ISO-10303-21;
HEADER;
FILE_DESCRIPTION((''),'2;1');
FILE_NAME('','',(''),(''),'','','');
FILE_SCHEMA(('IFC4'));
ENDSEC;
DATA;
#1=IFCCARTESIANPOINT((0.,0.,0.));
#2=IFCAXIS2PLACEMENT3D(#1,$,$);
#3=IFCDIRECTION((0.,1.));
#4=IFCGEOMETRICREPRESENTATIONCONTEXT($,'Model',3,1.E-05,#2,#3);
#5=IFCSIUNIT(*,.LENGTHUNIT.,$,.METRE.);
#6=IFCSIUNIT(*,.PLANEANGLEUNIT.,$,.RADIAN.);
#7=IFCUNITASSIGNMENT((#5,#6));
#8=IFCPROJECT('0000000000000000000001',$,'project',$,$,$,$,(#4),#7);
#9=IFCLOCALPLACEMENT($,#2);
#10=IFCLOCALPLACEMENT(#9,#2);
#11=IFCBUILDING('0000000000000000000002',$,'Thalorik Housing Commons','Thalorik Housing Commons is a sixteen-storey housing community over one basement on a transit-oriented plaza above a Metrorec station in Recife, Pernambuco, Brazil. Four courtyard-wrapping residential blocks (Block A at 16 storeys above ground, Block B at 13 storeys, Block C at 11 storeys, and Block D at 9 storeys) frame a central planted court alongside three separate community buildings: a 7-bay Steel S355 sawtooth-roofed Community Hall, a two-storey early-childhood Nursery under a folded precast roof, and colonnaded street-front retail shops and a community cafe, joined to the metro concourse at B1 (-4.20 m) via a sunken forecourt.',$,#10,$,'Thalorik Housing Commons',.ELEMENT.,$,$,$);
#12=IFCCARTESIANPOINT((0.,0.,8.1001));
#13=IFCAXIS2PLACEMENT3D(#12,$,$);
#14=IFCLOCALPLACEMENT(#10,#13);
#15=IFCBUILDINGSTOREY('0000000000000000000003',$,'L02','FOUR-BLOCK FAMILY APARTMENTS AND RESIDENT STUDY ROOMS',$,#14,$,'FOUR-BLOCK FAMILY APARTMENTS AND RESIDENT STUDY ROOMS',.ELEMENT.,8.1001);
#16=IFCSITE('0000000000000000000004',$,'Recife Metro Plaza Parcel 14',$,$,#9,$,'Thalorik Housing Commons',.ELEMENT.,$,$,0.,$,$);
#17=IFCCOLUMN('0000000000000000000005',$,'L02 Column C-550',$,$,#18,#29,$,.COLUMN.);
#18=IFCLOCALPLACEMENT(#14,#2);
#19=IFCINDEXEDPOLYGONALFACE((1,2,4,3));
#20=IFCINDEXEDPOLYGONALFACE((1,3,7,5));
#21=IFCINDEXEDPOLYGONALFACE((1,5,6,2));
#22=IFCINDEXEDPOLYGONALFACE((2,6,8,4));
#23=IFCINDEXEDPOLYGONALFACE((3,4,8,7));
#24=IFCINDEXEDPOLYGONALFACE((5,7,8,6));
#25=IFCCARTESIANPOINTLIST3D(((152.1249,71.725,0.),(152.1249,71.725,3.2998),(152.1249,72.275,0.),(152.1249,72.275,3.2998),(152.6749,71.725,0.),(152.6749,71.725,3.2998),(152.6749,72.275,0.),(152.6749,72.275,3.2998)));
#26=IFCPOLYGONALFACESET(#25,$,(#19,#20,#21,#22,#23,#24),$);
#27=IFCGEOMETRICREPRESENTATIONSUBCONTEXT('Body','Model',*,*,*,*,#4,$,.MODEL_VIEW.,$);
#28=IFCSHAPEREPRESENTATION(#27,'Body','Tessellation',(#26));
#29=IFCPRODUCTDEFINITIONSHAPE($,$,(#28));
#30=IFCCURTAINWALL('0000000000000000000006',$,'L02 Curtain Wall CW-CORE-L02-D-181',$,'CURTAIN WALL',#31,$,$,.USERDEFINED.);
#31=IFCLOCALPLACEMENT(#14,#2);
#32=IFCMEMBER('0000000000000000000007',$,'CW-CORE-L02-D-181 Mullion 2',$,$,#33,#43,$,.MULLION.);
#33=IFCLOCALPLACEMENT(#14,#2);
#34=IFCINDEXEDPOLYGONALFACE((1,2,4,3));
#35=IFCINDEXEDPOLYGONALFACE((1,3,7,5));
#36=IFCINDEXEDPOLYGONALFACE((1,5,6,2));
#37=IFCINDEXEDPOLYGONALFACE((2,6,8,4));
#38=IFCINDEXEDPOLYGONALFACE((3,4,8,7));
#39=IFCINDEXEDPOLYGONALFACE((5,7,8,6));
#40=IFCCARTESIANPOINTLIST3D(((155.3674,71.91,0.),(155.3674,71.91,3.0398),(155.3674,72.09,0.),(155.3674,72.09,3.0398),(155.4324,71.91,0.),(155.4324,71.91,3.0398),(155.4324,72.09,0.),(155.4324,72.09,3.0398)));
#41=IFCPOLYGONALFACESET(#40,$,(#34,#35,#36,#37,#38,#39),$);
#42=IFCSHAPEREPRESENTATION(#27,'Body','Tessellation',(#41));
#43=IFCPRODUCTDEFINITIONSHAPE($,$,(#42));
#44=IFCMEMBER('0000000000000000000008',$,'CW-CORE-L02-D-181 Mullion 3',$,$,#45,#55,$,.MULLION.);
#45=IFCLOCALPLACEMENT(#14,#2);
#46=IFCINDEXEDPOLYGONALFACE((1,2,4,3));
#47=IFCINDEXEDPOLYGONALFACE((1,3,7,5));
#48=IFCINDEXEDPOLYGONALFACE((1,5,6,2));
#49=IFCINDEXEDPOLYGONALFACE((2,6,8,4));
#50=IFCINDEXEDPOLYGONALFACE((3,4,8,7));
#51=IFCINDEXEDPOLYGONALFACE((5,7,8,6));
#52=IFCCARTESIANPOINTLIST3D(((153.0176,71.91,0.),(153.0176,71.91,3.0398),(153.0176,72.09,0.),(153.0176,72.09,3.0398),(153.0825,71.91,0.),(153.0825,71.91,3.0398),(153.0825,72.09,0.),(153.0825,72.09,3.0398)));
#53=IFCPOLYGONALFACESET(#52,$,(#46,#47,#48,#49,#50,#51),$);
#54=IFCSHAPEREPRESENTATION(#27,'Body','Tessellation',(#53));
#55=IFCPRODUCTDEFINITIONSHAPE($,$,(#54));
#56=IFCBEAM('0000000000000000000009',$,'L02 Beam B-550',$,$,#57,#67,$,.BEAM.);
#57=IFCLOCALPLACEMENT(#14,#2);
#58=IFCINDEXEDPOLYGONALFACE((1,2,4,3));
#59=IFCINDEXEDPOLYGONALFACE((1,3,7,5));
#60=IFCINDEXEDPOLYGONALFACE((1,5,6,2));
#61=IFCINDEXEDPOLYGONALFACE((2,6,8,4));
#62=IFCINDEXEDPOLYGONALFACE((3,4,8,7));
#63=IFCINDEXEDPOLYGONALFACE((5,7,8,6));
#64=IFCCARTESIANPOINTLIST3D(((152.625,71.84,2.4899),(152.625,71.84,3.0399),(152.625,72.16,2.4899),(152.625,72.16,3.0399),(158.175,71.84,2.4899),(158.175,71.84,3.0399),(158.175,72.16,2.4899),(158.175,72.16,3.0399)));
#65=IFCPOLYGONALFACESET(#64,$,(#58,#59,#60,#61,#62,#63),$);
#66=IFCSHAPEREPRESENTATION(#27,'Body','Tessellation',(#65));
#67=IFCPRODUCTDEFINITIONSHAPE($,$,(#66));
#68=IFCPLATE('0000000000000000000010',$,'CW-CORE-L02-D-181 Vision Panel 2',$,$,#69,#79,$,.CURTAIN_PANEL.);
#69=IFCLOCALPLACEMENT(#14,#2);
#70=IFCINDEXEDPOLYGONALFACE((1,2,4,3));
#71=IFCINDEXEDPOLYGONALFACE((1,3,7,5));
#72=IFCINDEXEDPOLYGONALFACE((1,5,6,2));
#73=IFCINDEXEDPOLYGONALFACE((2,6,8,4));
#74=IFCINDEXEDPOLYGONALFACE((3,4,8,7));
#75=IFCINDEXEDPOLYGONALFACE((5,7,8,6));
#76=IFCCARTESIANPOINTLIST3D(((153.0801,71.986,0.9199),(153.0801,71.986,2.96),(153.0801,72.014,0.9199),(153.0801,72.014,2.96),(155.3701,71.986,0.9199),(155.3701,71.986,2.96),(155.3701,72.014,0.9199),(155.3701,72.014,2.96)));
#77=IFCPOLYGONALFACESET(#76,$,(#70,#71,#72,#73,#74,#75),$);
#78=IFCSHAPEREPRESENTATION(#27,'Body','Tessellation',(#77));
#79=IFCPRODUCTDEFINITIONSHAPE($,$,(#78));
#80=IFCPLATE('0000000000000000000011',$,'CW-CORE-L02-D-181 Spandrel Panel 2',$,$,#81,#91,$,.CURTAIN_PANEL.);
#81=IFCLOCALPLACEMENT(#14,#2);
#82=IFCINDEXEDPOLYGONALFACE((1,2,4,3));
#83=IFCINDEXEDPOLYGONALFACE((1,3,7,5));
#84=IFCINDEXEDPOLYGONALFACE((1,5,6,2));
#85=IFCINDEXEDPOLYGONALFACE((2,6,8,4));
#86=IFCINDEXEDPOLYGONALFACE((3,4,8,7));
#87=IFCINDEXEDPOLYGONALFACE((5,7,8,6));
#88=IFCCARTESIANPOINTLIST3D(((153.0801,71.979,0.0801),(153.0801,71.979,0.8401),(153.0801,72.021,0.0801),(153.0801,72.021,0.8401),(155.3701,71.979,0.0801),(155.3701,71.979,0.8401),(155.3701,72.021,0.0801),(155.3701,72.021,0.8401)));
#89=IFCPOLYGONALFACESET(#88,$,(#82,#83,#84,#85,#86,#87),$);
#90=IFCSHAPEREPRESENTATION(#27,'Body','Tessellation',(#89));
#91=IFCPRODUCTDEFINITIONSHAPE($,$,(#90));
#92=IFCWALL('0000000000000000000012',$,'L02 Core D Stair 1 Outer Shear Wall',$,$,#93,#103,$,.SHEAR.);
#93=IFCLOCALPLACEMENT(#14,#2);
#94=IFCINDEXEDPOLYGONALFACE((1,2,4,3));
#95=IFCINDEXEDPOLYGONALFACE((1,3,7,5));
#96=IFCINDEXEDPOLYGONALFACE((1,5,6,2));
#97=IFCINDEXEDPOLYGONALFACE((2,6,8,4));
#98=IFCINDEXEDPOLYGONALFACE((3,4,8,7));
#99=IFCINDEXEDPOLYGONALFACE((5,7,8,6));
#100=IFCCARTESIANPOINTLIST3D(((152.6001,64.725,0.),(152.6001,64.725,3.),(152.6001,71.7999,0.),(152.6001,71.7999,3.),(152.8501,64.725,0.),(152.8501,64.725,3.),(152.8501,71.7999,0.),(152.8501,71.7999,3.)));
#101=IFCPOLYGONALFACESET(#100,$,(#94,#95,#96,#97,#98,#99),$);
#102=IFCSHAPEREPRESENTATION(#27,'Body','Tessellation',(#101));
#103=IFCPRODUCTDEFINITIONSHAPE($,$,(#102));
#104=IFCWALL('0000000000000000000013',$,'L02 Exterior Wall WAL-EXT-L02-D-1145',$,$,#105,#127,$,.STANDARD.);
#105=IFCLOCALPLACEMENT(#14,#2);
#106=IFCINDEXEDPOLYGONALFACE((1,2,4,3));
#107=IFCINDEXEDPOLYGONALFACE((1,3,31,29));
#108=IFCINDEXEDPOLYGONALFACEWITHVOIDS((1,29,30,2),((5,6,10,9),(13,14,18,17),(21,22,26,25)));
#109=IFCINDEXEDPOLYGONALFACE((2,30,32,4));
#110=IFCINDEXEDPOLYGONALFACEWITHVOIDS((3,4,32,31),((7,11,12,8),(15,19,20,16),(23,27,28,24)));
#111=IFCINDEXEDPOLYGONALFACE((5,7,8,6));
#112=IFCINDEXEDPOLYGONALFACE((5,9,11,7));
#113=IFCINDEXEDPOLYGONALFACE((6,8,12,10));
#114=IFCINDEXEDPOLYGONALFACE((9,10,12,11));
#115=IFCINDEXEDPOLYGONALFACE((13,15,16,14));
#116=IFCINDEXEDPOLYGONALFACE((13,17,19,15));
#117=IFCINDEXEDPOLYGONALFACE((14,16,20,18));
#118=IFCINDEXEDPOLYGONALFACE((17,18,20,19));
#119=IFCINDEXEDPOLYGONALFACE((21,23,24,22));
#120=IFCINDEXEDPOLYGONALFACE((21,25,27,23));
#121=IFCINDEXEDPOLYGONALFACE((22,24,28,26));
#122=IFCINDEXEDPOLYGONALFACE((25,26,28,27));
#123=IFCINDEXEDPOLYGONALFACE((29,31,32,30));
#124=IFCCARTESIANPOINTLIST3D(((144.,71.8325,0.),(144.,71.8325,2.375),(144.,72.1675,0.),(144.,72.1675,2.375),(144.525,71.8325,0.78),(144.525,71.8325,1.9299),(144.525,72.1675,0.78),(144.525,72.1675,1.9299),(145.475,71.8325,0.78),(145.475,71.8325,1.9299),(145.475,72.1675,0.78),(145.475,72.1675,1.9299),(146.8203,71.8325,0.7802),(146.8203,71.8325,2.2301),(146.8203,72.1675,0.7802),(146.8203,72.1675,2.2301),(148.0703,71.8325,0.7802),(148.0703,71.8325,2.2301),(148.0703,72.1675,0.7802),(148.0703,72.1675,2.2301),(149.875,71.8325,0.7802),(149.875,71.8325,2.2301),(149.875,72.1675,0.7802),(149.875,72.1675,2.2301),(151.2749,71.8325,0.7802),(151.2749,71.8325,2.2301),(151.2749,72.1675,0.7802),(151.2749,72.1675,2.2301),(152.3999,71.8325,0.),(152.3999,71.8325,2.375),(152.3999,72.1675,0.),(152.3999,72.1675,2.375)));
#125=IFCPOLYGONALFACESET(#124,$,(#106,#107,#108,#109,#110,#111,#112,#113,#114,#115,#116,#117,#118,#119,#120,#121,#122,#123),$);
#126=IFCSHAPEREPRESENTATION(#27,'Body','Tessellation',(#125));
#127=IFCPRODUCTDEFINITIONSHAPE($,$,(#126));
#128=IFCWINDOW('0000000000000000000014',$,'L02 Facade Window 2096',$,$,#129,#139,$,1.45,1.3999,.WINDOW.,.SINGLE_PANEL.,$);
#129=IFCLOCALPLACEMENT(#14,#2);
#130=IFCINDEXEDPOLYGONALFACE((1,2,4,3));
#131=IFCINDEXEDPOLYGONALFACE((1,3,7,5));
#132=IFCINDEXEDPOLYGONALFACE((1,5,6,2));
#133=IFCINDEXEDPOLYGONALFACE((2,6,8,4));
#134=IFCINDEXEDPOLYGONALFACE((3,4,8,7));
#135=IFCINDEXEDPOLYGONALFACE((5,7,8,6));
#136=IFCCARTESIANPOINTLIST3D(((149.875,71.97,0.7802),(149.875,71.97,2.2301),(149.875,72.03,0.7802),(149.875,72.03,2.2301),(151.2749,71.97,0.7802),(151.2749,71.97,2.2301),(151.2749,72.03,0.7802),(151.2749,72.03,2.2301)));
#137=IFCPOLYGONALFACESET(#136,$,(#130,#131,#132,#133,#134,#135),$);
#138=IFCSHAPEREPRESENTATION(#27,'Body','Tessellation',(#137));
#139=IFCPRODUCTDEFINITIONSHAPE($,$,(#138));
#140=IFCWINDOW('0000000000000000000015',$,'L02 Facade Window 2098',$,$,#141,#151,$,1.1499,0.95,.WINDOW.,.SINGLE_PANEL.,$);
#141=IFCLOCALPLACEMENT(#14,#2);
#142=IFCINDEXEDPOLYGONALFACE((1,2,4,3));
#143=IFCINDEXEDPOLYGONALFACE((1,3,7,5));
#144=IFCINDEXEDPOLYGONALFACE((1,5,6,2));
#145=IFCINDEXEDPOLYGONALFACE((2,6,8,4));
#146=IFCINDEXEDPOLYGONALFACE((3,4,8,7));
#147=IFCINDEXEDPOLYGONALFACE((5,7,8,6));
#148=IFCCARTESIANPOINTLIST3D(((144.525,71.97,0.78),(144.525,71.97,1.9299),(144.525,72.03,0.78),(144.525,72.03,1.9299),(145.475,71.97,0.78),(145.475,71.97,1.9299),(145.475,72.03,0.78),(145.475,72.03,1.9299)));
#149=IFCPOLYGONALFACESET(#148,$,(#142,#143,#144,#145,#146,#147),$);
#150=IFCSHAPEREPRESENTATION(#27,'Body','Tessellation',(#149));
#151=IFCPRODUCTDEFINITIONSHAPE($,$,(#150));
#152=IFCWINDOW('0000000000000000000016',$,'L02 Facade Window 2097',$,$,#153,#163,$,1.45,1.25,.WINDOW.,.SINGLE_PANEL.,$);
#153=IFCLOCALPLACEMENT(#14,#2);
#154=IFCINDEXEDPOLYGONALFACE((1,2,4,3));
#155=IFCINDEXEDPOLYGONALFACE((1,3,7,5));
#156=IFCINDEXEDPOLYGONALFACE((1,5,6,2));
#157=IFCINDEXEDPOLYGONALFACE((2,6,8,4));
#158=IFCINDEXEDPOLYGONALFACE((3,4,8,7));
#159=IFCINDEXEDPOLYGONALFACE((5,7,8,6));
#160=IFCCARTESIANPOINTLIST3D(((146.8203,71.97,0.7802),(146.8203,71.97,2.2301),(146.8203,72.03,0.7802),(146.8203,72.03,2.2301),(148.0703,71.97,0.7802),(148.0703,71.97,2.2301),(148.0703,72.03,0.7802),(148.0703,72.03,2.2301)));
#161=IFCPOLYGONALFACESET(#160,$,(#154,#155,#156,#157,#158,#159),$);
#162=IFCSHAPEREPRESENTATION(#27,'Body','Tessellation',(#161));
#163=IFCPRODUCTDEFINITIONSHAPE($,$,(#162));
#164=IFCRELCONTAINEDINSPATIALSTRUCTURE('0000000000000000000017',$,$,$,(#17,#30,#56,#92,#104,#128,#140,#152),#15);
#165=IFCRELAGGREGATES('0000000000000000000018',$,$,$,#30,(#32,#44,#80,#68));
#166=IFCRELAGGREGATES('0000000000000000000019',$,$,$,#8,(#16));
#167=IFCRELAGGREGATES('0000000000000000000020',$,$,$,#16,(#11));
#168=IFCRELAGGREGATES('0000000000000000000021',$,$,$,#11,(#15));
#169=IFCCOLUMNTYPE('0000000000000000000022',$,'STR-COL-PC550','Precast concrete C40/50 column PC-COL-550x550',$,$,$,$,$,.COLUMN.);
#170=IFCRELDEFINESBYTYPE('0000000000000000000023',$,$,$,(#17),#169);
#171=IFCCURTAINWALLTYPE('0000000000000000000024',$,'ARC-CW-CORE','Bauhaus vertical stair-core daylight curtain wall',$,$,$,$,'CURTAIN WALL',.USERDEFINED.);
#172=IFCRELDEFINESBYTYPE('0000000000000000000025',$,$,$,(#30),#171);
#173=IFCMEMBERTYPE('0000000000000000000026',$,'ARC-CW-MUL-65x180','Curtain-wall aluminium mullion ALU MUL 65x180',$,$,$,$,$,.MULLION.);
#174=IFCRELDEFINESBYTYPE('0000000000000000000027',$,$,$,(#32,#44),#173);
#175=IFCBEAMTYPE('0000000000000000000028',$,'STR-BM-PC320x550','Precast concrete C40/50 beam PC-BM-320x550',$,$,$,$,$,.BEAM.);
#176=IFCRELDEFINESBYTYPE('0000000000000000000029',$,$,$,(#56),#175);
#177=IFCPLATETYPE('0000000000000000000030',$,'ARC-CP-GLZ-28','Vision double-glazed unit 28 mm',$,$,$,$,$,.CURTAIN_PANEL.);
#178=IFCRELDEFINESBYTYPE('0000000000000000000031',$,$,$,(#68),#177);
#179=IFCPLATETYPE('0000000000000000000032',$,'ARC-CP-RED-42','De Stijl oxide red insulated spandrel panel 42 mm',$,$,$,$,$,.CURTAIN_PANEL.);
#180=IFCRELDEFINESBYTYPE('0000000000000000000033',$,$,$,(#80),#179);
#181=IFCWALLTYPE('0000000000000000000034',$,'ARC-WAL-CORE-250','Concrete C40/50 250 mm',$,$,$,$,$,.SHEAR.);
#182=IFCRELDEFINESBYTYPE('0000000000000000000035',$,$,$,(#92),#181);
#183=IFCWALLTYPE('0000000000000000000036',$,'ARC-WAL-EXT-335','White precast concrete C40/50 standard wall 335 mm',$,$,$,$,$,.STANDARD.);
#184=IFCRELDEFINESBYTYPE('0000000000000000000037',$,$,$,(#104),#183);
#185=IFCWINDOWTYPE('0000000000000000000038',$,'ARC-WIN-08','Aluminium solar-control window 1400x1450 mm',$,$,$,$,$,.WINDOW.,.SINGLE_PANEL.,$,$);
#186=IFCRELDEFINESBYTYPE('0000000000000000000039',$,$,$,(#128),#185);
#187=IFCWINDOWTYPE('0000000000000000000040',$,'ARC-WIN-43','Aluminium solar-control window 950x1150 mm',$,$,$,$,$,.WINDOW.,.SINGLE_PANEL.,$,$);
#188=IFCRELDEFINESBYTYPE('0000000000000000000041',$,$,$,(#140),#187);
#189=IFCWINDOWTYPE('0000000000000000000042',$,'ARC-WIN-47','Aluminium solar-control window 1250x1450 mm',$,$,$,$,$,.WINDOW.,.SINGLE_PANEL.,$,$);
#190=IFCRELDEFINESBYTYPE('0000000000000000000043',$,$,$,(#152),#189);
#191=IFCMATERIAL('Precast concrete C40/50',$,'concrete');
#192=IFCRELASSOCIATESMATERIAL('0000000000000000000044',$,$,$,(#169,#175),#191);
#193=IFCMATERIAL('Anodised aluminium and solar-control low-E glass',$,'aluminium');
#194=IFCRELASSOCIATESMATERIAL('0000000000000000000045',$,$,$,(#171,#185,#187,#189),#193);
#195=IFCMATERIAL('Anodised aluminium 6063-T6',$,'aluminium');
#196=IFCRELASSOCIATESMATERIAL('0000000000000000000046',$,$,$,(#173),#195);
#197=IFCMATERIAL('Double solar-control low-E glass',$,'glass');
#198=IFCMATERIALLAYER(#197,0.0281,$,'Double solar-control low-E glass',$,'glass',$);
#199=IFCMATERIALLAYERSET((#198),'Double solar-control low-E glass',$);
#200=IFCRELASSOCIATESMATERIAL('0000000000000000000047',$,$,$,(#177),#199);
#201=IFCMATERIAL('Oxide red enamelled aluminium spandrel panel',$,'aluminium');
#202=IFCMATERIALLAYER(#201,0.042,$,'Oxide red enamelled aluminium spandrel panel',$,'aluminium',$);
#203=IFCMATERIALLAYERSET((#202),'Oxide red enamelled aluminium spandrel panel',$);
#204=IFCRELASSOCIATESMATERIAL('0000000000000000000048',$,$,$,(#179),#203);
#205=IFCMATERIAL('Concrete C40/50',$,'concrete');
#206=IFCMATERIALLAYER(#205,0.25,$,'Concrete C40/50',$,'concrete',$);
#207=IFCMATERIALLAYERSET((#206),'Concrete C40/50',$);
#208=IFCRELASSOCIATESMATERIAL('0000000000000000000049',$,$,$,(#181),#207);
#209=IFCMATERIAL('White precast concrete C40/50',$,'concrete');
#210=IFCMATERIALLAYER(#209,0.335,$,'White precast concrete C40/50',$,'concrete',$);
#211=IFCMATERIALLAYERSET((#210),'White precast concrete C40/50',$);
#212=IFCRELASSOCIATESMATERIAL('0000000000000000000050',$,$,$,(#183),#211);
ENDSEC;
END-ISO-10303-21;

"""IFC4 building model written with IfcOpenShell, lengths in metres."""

from ifc_helpers import new_model, si_unit, direction, frame, frame_2d, origin, origin_2d, place, context, subcontext, project, spatial, rectangle, extrude, material, layer, layer_set, material_profile, profile_set, type_object, element, fill, aggregate, save


model = new_model("IFC4")

# Units and contexts
model_context = context("Model", 3, precision=1e-05, world=origin(), true_north=direction((0.0, 1.0)))
body_context = subcontext(model_context, "Body", "Model", "MODEL_VIEW")
ifc_project = project(units=[si_unit("LENGTHUNIT", "METRE"), si_unit("PLANEANGLEUNIT", "RADIAN")], contexts=[model_context])

# Site, building, storey
site_placement = place(None, origin())
site = spatial("IfcSite", under=ifc_project, at=site_placement, Name="Recife Metro Plaza Parcel 14", LongName="Thalorik Housing Commons", CompositionType="ELEMENT", RefElevation=0.0)
building_placement = place(site_placement, origin())
building = spatial("IfcBuilding", under=site, at=building_placement, Name="Thalorik Housing Commons", Description="Thalorik Housing Commons is a sixteen-storey housing community over one basement on a transit-oriented plaza above a Metrorec station in Recife, Pernambuco, Brazil. Four courtyard-wrapping residential blocks (Block A at 16 storeys above ground, Block B at 13 storeys, Block C at 11 storeys, and Block D at 9 storeys) frame a central planted court alongside three separate community buildings: a 7-bay Steel S355 sawtooth-roofed Community Hall, a two-storey early-childhood Nursery under a folded precast roof, and colonnaded street-front retail shops and a community cafe, joined to the metro concourse at B1 (-4.20 m) via a sunken forecourt.", LongName="Thalorik Housing Commons", CompositionType="ELEMENT")
storey_placement = place(building_placement, frame((0.0, 0.0, 8.1001)))
storey = spatial("IfcBuildingStorey", under=building, at=storey_placement, Name="L02", Description="FOUR-BLOCK FAMILY APARTMENTS AND RESIDENT STUDY ROOMS", LongName="FOUR-BLOCK FAMILY APARTMENTS AND RESIDENT STUDY ROOMS", CompositionType="ELEMENT", Elevation=8.1001)

# Column
ifc_material_1 = material(Name="Precast concrete C40/50", Category="concrete")
ifc_material_profile_1 = material_profile(ifc_material_1, rectangle(XDim=0.55, YDim=0.55, at=origin_2d()), Name="PC 550x550", Category="concrete")
ifc_profile_set_1 = profile_set([ifc_material_profile_1], Name="Precast concrete C40/50")
column_type = type_object("IfcColumnType", Name="STR-COL-PC550", Description="Precast concrete C40/50 column PC-COL-550x550", PredefinedType="COLUMN", material=ifc_profile_set_1)
column_placement = place(storey_placement, frame((152.3999, 72.0, 0.0), z_axis=(0.0, 0.0, 1.0), x_axis=(1.0, 0.0, 0.0)))
element("IfcColumn", 1, at=column_placement, inside=storey, type_object=column_type, Name="L02 Column C-550", PredefinedType="COLUMN", context=body_context, shape_type="SweptSolid", body=[
    extrude(rectangle(XDim=0.55, YDim=0.55, at=origin_2d()), origin(), (0.0, 0.0, 1.0), 3.2998),
])

# Curtain wall, members
ifc_material_2 = material(Name="Anodised aluminium and solar-control low-E glass", Category="aluminium")
curtain_wall_type = type_object("IfcCurtainWallType", Name="ARC-CW-CORE", Description="Bauhaus vertical stair-core daylight curtain wall", ElementType="CURTAIN WALL", PredefinedType="USERDEFINED", material=ifc_material_2)
curtain_wall_placement = place(storey_placement, origin())
curtain_wall = element("IfcCurtainWall", 2, at=curtain_wall_placement, inside=storey, type_object=curtain_wall_type, Name="L02 Curtain Wall CW-CORE-L02-D-181", ObjectType="CURTAIN WALL", PredefinedType="USERDEFINED")
ifc_material_3 = material(Name="Anodised aluminium 6063-T6", Category="aluminium")
ifc_material_profile_2 = material_profile(ifc_material_3, rectangle(XDim=0.0649, YDim=0.1799, at=origin_2d()), Name="ALU MUL 65x180", Category="aluminium")
ifc_profile_set_2 = profile_set([ifc_material_profile_2], Name="Anodised aluminium 6063-T6")
member_type = type_object("IfcMemberType", Name="ARC-CW-MUL-65x180", Description="Curtain-wall aluminium mullion ALU MUL 65x180", PredefinedType="MULLION", material=ifc_profile_set_2)
member_1_placement = place(storey_placement, frame((155.3999, 72.0, 0.0), z_axis=(0.0, 0.0, 1.0), x_axis=(-1.0, 0.0, 0.0)))
member_1 = element("IfcMember", 3, at=member_1_placement, type_object=member_type, Name="CW-CORE-L02-D-181 Mullion 2", PredefinedType="MULLION", context=body_context, shape_type="SweptSolid", body=[
    extrude(rectangle(XDim=0.0649, YDim=0.1799, at=origin_2d()), origin(), (0.0, 0.0, 1.0), 3.0398),
])
member_2_placement = place(storey_placement, frame((153.05, 72.0, 0.0), z_axis=(0.0, 0.0, 1.0), x_axis=(-1.0, 0.0, 0.0)))
member_2 = element("IfcMember", 4, at=member_2_placement, type_object=member_type, Name="CW-CORE-L02-D-181 Mullion 3", PredefinedType="MULLION", context=body_context, shape_type="SweptSolid", body=[
    extrude(rectangle(XDim=0.0649, YDim=0.1799, at=origin_2d()), origin(), (0.0, 0.0, 1.0), 3.0398),
])

# Beam
ifc_material_profile_3 = material_profile(ifc_material_1, rectangle(XDim=0.3201, YDim=0.55, at=origin_2d()), Name="PC 320x550", Category="concrete")
ifc_profile_set_3 = profile_set([ifc_material_profile_3], Name="Precast concrete C40/50")
beam_type = type_object("IfcBeamType", Name="STR-BM-PC320x550", Description="Precast concrete C40/50 beam PC-BM-320x550", PredefinedType="BEAM", material=ifc_profile_set_3)
beam_placement = place(storey_placement, frame((152.625, 72.0, 2.7649), z_axis=(1.0, 0.0, 0.0), x_axis=(0.0, 1.0, 0.0)))
element("IfcBeam", 5, at=beam_placement, inside=storey, type_object=beam_type, Name="L02 Beam B-550", PredefinedType="BEAM", context=body_context, shape_type="SweptSolid", body=[
    extrude(rectangle(XDim=0.3201, YDim=0.55, at=origin_2d()), origin(), (0.0, 0.0, 1.0), 5.55),
])

# Plates
ifc_material_4 = material(Name="Double solar-control low-E glass", Category="glass")
ifc_layer_1 = layer(ifc_material_4, 0.0281, Name="Double solar-control low-E glass", Category="glass")
ifc_layer_set_1 = layer_set([ifc_layer_1], Name="Double solar-control low-E glass")
plate_type_1 = type_object("IfcPlateType", Name="ARC-CP-GLZ-28", Description="Vision double-glazed unit 28 mm", PredefinedType="CURTAIN_PANEL", material=ifc_layer_set_1)
plate_1_placement = place(storey_placement, frame((154.2251, 72.0, 0.9199), z_axis=(0.0, 0.0, 1.0), x_axis=(-1.0, 0.0, 0.0)))
plate_1 = element("IfcPlate", 6, at=plate_1_placement, type_object=plate_type_1, Name="CW-CORE-L02-D-181 Vision Panel 2", PredefinedType="CURTAIN_PANEL", context=body_context, shape_type="SweptSolid", body=[
    extrude(rectangle(XDim=2.29, YDim=0.0281, at=origin_2d()), origin(), (0.0, 0.0, 1.0), 2.04),
])
ifc_material_5 = material(Name="Oxide red enamelled aluminium spandrel panel", Category="aluminium")
ifc_layer_2 = layer(ifc_material_5, 0.042, Name="Oxide red enamelled aluminium spandrel panel", Category="aluminium")
ifc_layer_set_2 = layer_set([ifc_layer_2], Name="Oxide red enamelled aluminium spandrel panel")
plate_type_2 = type_object("IfcPlateType", Name="ARC-CP-RED-42", Description="De Stijl oxide red insulated spandrel panel 42 mm", PredefinedType="CURTAIN_PANEL", material=ifc_layer_set_2)
plate_2_placement = place(storey_placement, frame((154.2251, 72.0, 0.0801), z_axis=(0.0, 0.0, 1.0), x_axis=(-1.0, 0.0, 0.0)))
plate_2 = element("IfcPlate", 7, at=plate_2_placement, type_object=plate_type_2, Name="CW-CORE-L02-D-181 Spandrel Panel 2", PredefinedType="CURTAIN_PANEL", context=body_context, shape_type="SweptSolid", body=[
    extrude(rectangle(XDim=2.29, YDim=0.042, at=origin_2d()), origin(), (0.0, 0.0, 1.0), 0.76),
])
aggregate(curtain_wall, [member_1, member_2, plate_2, plate_1])

# Wall
ifc_material_6 = material(Name="Concrete C40/50", Category="concrete")
ifc_layer_3 = layer(ifc_material_6, 0.25, Name="Concrete C40/50", Category="concrete")
ifc_layer_set_3 = layer_set([ifc_layer_3], Name="Concrete C40/50")
wall_type_1 = type_object("IfcWallType", Name="ARC-WAL-CORE-250", Description="Concrete C40/50 250 mm", PredefinedType="SHEAR", material=ifc_layer_set_3)
wall_1_placement = place(storey_placement, frame((152.7251, 71.8, 0.0), z_axis=(0.0, 0.0, 1.0), x_axis=(0.0, -1.0, 0.0)))
element("IfcWall", 8, at=wall_1_placement, inside=storey, type_object=wall_type_1, Name="L02 Core D Stair 1 Outer Shear Wall", PredefinedType="SHEAR", context=body_context, shape_type="SweptSolid", body=[
    extrude(rectangle(XDim=7.075, YDim=0.25, at=frame_2d((3.5376, 0.0))), origin(), (0.0, 0.0, 1.0), 3.0),
])

# Wall, openings, windows
ifc_material_7 = material(Name="White precast concrete C40/50", Category="concrete")
ifc_layer_4 = layer(ifc_material_7, 0.335, Name="White precast concrete C40/50", Category="concrete")
ifc_layer_set_4 = layer_set([ifc_layer_4], Name="White precast concrete C40/50")
wall_type_2 = type_object("IfcWallType", Name="ARC-WAL-EXT-335", Description="White precast concrete C40/50 standard wall 335 mm", PredefinedType="STANDARD", material=ifc_layer_set_4)
wall_2_placement = place(storey_placement, frame((152.3999, 72.0, 0.0), z_axis=(0.0, 0.0, 1.0), x_axis=(-1.0, 0.0, 0.0)))
wall_2 = element("IfcWall", 9, at=wall_2_placement, inside=storey, type_object=wall_type_2, Name="L02 Exterior Wall WAL-EXT-L02-D-1145", PredefinedType="STANDARD", context=body_context, shape_type="SweptSolid", body=[
    extrude(rectangle(XDim=8.3999, YDim=0.335, at=frame_2d((4.2, 0.0))), origin(), (0.0, 0.0, 1.0), 2.375),
])
opening_1_placement = place(wall_2_placement, frame((1.125, 0.0, 0.78)))
opening_1 = element("IfcOpeningElement", 10, at=opening_1_placement, cuts=wall_2, PredefinedType="OPENING", context=body_context, shape_type="SweptSolid", body=[
    extrude(rectangle(XDim=1.3999, YDim=1.45, at=frame_2d((0.7, 0.7251))), frame((0.0, 0.1775, 0.0), z_axis=(0.0, -1.0, 0.0), x_axis=(1.0, 0.0, 0.0)), (0.0, 0.0, 1.0), 0.355),
])
opening_2_placement = place(wall_2_placement, frame((4.3296, 0.0, 0.78)))
opening_2 = element("IfcOpeningElement", 11, at=opening_2_placement, cuts=wall_2, PredefinedType="OPENING", context=body_context, shape_type="SweptSolid", body=[
    extrude(rectangle(XDim=1.25, YDim=1.45, at=frame_2d((0.625, 0.7251))), frame((0.0, 0.1775, 0.0), z_axis=(0.0, -1.0, 0.0), x_axis=(1.0, 0.0, 0.0)), (0.0, 0.0, 1.0), 0.355),
])
opening_3_placement = place(wall_2_placement, frame((6.9248, 0.0, 0.78)))
opening_3 = element("IfcOpeningElement", 12, at=opening_3_placement, cuts=wall_2, PredefinedType="OPENING", context=body_context, shape_type="SweptSolid", body=[
    extrude(rectangle(XDim=0.95, YDim=1.1499, at=frame_2d((0.4751, 0.575))), frame((0.0, 0.1775, 0.0), z_axis=(0.0, -1.0, 0.0), x_axis=(1.0, 0.0, 0.0)), (0.0, 0.0, 1.0), 0.355),
])
window_type_1 = type_object("IfcWindowType", Name="ARC-WIN-08", Description="Aluminium solar-control window 1400x1450 mm", PartitioningType="SINGLE_PANEL", PredefinedType="WINDOW", material=ifc_material_2)
window_1_placement = place(opening_1_placement, origin())
window_1 = element("IfcWindow", 13, at=window_1_placement, inside=storey, type_object=window_type_1, Name="L02 Facade Window 2096", OverallHeight=1.45, OverallWidth=1.3999, PartitioningType="SINGLE_PANEL", PredefinedType="WINDOW", context=body_context, shape_type="SweptSolid", body=[
    extrude(rectangle(XDim=1.3999, YDim=1.45, at=frame_2d((0.7, 0.7251))), frame((0.0, 0.03, 0.0), z_axis=(0.0, -1.0, 0.0), x_axis=(1.0, 0.0, 0.0)), (0.0, 0.0, 1.0), 0.0601),
])
fill(opening_1, window_1)
window_type_2 = type_object("IfcWindowType", Name="ARC-WIN-43", Description="Aluminium solar-control window 950x1150 mm", PartitioningType="SINGLE_PANEL", PredefinedType="WINDOW", material=ifc_material_2)
window_2_placement = place(opening_3_placement, origin())
window_2 = element("IfcWindow", 14, at=window_2_placement, inside=storey, type_object=window_type_2, Name="L02 Facade Window 2098", OverallHeight=1.1499, OverallWidth=0.95, PartitioningType="SINGLE_PANEL", PredefinedType="WINDOW", context=body_context, shape_type="SweptSolid", body=[
    extrude(rectangle(XDim=0.95, YDim=1.1499, at=frame_2d((0.4751, 0.575))), frame((0.0, 0.03, 0.0), z_axis=(0.0, -1.0, 0.0), x_axis=(1.0, 0.0, 0.0)), (0.0, 0.0, 1.0), 0.0601),
])
fill(opening_3, window_2)
window_type_3 = type_object("IfcWindowType", Name="ARC-WIN-47", Description="Aluminium solar-control window 1250x1450 mm", PartitioningType="SINGLE_PANEL", PredefinedType="WINDOW", material=ifc_material_2)
window_3_placement = place(opening_2_placement, origin())
window_3 = element("IfcWindow", 15, at=window_3_placement, inside=storey, type_object=window_type_3, Name="L02 Facade Window 2097", OverallHeight=1.45, OverallWidth=1.25, PartitioningType="SINGLE_PANEL", PredefinedType="WINDOW", context=body_context, shape_type="SweptSolid", body=[
    extrude(rectangle(XDim=1.25, YDim=1.45, at=frame_2d((0.625, 0.7251))), frame((0.0, 0.03, 0.0), z_axis=(0.0, -1.0, 0.0), x_axis=(1.0, 0.0, 0.0)), (0.0, 0.0, 1.0), 0.0601),
])
fill(opening_2, window_3)

save(model, "model.ifc")
